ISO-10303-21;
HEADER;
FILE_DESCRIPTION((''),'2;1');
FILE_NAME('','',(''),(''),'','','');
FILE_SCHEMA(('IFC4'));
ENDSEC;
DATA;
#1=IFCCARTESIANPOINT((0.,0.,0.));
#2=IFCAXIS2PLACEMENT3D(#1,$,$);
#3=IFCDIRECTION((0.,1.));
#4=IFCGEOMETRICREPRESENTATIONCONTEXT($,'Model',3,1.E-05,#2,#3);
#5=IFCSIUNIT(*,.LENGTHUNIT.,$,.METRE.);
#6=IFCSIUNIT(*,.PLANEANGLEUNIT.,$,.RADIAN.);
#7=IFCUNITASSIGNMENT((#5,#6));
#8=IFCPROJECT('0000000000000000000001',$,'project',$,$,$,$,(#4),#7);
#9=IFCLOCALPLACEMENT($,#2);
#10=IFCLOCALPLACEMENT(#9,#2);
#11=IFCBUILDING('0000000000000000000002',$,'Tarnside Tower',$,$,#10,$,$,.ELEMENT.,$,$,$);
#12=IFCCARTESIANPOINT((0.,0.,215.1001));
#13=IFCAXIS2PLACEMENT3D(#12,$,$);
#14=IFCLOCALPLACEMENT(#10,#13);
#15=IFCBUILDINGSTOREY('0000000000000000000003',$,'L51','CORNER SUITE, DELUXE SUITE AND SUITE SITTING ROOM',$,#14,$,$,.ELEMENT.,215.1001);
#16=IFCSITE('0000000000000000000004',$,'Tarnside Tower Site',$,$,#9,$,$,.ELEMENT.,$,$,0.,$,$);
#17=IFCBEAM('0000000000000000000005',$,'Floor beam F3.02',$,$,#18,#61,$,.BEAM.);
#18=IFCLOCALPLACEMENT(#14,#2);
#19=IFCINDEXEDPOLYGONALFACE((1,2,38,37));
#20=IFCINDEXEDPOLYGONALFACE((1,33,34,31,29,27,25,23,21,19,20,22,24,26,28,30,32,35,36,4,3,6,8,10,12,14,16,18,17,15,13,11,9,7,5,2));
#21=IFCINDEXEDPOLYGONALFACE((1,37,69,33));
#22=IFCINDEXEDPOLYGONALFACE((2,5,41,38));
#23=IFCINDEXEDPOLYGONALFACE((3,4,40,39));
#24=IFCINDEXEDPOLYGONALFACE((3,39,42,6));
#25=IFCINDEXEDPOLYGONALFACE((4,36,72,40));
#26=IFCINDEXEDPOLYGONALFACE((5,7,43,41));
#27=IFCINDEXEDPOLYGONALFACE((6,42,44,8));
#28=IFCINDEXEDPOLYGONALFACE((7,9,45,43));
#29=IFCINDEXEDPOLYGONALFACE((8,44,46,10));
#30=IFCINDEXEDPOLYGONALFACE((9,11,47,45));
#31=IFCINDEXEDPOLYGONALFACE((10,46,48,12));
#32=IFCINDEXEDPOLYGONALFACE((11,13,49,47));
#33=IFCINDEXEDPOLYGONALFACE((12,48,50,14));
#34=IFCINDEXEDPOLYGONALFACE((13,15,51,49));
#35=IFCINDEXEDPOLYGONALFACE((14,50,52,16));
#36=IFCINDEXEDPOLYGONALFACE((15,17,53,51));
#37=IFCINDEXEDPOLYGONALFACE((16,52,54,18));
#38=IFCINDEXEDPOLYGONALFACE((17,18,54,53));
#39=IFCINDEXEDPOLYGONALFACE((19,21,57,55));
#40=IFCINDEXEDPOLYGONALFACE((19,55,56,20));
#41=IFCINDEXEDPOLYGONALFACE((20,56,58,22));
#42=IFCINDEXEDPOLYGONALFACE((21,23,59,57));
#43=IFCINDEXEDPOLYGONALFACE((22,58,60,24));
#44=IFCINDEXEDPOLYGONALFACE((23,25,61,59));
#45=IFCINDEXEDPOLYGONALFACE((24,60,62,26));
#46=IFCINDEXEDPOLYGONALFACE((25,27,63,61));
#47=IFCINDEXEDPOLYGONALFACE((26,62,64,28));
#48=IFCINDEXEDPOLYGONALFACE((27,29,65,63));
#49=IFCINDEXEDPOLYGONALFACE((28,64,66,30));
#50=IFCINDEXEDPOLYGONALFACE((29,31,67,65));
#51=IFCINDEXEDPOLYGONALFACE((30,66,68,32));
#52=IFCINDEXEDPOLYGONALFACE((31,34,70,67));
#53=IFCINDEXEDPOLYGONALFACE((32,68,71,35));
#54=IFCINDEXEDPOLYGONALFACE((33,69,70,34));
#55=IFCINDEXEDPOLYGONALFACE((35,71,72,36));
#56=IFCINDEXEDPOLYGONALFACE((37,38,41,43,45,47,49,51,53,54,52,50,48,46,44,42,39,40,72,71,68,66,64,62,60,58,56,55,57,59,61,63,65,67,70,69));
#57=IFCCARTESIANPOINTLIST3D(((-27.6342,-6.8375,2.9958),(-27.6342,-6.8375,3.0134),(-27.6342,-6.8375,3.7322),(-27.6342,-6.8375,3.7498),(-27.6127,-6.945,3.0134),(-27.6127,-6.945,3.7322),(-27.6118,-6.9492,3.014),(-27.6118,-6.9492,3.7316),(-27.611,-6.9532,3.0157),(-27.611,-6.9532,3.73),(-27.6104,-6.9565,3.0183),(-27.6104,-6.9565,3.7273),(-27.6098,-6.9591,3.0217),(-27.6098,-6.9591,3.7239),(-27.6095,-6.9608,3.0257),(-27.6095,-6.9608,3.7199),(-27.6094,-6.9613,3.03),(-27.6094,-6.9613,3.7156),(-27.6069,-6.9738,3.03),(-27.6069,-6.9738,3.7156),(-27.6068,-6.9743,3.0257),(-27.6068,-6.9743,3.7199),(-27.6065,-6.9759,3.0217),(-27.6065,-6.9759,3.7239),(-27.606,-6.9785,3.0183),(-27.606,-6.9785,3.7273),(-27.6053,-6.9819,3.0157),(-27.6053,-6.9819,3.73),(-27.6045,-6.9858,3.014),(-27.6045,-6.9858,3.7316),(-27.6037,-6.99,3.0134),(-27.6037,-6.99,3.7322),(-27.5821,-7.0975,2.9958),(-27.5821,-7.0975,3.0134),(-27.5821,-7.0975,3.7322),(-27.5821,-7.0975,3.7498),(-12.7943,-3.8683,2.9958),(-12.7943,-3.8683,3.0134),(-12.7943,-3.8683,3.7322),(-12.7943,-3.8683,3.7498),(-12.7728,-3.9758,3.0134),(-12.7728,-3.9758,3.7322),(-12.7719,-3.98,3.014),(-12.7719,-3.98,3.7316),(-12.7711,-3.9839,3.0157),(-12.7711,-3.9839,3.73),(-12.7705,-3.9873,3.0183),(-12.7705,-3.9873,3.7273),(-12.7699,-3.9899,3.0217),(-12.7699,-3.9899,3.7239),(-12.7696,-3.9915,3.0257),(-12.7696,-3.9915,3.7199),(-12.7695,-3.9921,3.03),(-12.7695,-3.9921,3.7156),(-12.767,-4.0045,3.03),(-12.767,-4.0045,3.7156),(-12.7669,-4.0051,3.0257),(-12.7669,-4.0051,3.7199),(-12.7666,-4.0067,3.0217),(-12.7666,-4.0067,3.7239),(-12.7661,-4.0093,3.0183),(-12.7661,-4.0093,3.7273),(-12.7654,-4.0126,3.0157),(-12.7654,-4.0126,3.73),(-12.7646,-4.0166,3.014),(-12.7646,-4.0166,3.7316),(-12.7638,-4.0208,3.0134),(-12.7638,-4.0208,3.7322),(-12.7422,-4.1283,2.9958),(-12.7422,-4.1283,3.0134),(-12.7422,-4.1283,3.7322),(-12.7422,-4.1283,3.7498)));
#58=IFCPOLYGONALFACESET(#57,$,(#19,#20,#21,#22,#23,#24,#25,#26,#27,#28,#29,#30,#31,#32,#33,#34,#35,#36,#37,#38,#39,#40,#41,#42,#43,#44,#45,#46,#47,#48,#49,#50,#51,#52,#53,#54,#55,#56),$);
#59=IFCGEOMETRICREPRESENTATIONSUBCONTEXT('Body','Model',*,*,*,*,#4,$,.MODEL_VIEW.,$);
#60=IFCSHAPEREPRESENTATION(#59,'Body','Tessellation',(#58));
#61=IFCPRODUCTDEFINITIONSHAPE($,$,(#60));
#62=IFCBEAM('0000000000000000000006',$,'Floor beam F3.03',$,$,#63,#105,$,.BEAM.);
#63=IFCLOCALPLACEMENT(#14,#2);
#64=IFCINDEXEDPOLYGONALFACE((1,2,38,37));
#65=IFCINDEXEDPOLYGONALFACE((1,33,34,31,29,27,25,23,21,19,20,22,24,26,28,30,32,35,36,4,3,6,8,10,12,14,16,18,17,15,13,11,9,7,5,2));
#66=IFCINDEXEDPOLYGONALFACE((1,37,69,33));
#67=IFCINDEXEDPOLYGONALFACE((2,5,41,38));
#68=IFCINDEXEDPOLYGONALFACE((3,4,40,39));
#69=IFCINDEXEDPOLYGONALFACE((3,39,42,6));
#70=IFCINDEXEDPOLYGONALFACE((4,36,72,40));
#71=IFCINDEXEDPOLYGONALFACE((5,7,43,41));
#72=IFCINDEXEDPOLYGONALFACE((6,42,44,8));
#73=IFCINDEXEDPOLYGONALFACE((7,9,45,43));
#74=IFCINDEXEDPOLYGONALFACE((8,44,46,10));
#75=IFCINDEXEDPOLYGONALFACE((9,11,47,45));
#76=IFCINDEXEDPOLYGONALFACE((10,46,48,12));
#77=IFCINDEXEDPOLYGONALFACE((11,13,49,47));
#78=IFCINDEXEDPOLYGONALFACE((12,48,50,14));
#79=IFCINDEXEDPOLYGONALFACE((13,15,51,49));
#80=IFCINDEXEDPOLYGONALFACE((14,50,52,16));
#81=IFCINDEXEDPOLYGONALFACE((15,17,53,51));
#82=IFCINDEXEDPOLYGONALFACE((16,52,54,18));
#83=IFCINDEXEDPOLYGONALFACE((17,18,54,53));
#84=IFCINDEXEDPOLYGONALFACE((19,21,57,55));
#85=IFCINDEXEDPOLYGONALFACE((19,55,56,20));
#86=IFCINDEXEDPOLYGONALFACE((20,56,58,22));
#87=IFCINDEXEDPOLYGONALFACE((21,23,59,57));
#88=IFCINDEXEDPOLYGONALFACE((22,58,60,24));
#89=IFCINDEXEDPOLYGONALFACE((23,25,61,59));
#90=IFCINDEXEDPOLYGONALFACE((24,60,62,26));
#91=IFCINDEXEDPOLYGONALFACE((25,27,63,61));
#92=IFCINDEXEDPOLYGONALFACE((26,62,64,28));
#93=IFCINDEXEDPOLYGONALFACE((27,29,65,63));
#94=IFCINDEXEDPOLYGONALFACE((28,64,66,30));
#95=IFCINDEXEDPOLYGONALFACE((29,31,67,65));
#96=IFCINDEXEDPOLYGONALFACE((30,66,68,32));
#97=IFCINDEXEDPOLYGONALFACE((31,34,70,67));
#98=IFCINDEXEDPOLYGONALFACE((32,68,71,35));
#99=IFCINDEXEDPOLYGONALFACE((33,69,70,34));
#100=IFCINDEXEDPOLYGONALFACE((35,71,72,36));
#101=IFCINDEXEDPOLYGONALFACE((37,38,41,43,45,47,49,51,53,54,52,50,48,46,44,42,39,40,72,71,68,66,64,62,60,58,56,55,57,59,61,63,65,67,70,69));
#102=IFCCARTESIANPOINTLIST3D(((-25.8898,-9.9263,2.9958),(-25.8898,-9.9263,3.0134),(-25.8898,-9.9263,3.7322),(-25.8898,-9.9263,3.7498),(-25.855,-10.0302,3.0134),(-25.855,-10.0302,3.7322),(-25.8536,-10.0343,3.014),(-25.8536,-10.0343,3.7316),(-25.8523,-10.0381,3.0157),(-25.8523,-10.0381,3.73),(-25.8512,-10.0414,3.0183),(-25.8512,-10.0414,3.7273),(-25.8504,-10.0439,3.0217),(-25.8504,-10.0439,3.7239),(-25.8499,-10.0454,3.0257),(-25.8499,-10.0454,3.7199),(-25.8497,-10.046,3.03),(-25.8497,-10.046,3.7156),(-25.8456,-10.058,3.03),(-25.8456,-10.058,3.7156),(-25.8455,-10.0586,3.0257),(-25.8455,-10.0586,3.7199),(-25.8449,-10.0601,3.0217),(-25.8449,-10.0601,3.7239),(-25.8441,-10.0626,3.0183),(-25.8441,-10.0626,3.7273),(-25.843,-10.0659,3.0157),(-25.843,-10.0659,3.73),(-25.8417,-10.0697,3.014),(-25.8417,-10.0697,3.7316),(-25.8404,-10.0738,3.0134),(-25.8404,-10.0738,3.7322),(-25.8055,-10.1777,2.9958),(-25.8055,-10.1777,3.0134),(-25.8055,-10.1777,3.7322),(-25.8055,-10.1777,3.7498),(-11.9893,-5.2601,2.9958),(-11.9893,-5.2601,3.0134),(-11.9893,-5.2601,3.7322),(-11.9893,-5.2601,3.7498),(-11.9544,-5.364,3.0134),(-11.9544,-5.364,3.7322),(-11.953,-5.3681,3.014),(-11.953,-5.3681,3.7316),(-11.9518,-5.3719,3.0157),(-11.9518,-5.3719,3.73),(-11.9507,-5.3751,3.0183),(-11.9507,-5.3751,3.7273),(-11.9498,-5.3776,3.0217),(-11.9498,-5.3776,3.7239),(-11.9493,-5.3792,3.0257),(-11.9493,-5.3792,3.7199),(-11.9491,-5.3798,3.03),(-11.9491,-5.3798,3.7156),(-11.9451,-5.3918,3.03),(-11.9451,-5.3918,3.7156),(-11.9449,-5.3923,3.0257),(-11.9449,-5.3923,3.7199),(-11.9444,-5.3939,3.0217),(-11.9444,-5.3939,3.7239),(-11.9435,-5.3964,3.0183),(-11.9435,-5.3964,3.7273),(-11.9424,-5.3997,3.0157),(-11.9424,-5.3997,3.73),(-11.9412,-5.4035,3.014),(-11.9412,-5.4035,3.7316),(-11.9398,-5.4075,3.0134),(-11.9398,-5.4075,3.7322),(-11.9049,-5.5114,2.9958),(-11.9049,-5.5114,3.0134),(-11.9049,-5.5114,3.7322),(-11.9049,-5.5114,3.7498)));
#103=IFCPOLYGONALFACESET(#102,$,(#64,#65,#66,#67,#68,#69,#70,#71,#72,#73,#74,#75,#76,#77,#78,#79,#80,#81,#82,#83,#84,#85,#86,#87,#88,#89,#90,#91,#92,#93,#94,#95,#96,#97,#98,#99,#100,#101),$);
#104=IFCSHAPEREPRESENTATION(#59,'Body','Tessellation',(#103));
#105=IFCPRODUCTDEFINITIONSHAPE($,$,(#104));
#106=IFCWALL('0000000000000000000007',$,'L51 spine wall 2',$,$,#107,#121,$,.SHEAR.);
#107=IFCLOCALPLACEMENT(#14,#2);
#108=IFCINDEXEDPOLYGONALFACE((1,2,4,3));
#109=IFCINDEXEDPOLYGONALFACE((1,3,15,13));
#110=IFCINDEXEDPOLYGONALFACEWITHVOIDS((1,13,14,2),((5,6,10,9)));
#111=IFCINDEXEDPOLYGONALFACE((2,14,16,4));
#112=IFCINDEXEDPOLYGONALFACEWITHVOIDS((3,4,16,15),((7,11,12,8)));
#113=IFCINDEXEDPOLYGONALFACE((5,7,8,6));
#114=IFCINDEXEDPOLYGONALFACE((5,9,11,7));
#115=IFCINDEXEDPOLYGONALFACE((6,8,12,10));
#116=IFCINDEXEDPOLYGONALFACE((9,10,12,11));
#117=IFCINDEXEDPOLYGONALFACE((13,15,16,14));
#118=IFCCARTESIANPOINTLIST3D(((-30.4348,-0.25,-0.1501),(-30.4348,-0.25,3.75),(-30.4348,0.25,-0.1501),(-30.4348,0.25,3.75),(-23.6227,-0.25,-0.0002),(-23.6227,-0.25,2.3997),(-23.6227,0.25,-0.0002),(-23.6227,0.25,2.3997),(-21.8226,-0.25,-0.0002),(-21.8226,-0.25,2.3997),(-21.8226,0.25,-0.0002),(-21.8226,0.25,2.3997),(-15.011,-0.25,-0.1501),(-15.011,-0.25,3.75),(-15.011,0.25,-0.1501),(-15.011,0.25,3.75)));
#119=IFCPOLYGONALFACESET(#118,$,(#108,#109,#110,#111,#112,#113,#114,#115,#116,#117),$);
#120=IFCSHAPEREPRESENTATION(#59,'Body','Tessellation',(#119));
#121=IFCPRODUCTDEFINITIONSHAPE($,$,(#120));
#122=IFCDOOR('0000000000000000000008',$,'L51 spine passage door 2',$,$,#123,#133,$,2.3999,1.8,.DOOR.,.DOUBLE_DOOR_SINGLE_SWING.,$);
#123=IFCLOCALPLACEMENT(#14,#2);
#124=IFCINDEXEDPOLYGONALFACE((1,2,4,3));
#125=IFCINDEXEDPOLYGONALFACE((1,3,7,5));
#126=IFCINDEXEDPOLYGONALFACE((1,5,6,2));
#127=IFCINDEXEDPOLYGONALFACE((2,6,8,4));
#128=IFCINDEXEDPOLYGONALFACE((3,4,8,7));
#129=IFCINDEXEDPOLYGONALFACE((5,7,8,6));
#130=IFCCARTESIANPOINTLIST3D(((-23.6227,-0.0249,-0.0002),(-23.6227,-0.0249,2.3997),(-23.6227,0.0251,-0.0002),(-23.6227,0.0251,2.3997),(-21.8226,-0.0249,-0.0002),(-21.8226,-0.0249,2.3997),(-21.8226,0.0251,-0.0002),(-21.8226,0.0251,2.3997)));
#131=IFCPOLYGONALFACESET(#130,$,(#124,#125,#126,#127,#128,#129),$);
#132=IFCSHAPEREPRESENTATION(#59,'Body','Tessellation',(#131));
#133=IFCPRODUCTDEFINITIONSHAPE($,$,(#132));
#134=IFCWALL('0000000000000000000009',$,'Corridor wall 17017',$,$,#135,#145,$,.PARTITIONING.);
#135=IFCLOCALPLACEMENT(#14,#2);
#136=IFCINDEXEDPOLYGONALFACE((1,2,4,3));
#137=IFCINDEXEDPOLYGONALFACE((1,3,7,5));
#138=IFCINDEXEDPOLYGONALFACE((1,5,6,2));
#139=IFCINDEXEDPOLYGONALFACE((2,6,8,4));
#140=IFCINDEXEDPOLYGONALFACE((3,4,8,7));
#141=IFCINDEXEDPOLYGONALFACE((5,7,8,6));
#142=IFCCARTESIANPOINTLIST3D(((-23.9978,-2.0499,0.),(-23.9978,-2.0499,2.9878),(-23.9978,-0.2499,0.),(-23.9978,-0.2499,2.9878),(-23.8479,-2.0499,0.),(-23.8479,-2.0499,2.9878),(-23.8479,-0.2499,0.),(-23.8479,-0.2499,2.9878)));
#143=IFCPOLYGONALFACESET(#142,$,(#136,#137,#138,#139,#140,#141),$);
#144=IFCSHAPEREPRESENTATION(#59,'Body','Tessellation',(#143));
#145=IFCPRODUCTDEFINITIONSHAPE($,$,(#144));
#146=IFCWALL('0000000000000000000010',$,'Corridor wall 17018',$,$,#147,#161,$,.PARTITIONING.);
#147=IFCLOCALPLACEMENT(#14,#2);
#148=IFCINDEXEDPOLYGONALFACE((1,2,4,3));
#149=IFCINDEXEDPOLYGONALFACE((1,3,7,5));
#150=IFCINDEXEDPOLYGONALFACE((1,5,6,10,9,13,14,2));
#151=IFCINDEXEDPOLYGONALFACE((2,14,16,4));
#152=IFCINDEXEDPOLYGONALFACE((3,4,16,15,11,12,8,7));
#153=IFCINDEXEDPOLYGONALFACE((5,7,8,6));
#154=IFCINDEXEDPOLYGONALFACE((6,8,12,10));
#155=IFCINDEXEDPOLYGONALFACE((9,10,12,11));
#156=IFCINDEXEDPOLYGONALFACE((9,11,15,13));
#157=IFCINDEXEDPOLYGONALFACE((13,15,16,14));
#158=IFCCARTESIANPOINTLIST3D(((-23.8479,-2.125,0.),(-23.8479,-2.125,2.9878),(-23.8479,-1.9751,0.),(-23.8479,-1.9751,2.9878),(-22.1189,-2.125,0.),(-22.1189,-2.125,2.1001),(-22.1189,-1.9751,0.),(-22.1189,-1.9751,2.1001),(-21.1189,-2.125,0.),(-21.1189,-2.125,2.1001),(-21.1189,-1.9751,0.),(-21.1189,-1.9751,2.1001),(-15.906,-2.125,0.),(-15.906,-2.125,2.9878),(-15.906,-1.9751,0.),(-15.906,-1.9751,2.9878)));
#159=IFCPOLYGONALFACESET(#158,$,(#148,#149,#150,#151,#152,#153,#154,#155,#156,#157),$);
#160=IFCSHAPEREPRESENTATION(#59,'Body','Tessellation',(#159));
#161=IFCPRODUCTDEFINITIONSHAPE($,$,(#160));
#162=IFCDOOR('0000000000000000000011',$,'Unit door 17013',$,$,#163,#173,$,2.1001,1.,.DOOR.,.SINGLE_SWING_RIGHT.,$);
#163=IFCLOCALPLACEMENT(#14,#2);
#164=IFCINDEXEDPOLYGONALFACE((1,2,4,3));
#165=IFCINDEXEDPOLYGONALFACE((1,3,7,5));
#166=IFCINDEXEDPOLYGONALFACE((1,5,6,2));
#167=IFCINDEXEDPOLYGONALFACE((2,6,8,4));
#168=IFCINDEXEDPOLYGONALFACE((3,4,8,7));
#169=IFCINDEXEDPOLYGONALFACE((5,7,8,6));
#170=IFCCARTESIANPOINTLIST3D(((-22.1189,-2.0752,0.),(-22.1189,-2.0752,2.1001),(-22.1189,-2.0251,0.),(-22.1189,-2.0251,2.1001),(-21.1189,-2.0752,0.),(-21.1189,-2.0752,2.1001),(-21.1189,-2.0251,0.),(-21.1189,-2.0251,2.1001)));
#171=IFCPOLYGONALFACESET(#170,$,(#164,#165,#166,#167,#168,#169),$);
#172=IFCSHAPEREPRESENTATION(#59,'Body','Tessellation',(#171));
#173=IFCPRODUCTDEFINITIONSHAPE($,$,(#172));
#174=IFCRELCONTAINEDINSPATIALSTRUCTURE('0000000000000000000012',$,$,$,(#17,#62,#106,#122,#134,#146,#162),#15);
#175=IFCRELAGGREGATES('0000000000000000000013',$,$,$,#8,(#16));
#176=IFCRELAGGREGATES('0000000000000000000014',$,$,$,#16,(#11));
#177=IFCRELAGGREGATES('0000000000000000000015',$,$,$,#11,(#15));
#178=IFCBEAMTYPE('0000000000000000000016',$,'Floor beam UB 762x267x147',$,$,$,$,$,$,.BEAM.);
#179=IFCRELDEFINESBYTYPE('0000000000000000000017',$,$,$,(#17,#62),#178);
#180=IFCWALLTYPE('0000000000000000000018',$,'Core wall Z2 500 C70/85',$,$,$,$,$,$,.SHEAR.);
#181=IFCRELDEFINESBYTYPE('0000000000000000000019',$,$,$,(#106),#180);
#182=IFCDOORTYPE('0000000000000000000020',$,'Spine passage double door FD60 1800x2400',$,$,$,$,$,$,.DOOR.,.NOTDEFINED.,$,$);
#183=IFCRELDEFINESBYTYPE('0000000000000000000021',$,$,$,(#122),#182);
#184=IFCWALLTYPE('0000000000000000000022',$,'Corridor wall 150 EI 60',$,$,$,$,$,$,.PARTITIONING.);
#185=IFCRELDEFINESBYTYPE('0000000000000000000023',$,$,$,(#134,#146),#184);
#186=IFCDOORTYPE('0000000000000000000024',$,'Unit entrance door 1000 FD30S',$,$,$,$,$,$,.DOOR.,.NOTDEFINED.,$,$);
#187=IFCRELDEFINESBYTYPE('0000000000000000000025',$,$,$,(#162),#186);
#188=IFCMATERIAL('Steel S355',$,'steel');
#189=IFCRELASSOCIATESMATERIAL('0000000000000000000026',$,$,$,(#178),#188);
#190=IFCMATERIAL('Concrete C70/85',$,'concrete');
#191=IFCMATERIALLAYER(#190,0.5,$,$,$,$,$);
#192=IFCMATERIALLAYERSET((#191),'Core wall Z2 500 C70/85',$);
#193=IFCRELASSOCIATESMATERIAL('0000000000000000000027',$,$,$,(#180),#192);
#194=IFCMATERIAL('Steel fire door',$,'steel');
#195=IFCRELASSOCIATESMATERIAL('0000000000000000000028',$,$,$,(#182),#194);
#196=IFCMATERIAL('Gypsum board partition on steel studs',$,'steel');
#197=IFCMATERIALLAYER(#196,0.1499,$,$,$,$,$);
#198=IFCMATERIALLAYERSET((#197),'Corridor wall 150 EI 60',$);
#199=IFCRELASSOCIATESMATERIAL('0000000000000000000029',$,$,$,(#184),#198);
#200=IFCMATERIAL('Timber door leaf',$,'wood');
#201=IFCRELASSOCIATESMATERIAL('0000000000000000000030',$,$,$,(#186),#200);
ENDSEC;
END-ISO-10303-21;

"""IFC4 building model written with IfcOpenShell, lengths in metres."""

from ifc_helpers import new_model, si_unit, direction, frame, frame_2d, origin, origin_2d, place, context, subcontext, project, spatial, rectangle, i_section, extrude, material, layer, layer_set, material_profile, profile_set, type_object, element, fill, save


model = new_model("IFC4")

# Units and contexts
model_context = context("Model", 3, precision=1e-05, world=origin(), true_north=direction((0.0, 1.0)))
body_context = subcontext(model_context, "Body", "Model", "MODEL_VIEW")
ifc_project = project(units=[si_unit("LENGTHUNIT", "METRE"), si_unit("PLANEANGLEUNIT", "RADIAN")], contexts=[model_context])

# Site, building, storey
site_placement = place(None, origin())
site = spatial("IfcSite", under=ifc_project, at=site_placement, Name="Tarnside Tower Site", CompositionType="ELEMENT", RefElevation=0.0)
building_placement = place(site_placement, origin())
building = spatial("IfcBuilding", under=site, at=building_placement, Name="Tarnside Tower", CompositionType="ELEMENT")
storey_placement = place(building_placement, frame((0.0, 0.0, 215.1001)))
storey = spatial("IfcBuildingStorey", under=building, at=storey_placement, Name="L51", Description="CORNER SUITE, DELUXE SUITE AND SUITE SITTING ROOM", CompositionType="ELEMENT", Elevation=215.1001)

# Beams
ifc_material_1 = material(Name="Steel S355", Category="steel")
ifc_material_profile = material_profile(ifc_material_1, i_section(OverallWidth=0.2651, OverallDepth=0.7539, WebThickness=0.0127, FlangeThickness=0.0176, FilletRadius=0.0166, at=origin_2d()), Name="UB 762x267x147")
ifc_profile_set = profile_set([ifc_material_profile], Name="Steel S355")
beam_type = type_object("IfcBeamType", Name="Floor beam UB 762x267x147", PredefinedType="BEAM", material=ifc_profile_set)
beam_1_placement = place(storey_placement, frame((-27.6082, -6.9675, 3.3728), z_axis=(0.980565, 0.196197, 0.0), x_axis=(-0.196197, 0.980565, 0.0)))
element("IfcBeam", 1, at=beam_1_placement, inside=storey, type_object=beam_type, Name="Floor beam F3.02", PredefinedType="BEAM", context=body_context, shape_type="SweptSolid", body=[
    extrude(i_section(OverallWidth=0.2651, OverallDepth=0.7539, WebThickness=0.0127, FlangeThickness=0.0176, FilletRadius=0.0166, at=origin_2d()), origin(), (0.0, 0.0, 1.0), 15.134),
])
beam_2_placement = place(storey_placement, frame((-25.8477, -10.052, 3.3728), z_axis=(0.948012, 0.318235, 0.0), x_axis=(-0.318235, 0.948012, 0.0)))
element("IfcBeam", 2, at=beam_2_placement, inside=storey, type_object=beam_type, Name="Floor beam F3.03", PredefinedType="BEAM", context=body_context, shape_type="SweptSolid", body=[
    extrude(i_section(OverallWidth=0.2651, OverallDepth=0.7539, WebThickness=0.0127, FlangeThickness=0.0176, FilletRadius=0.0166, at=origin_2d()), origin(), (0.0, 0.0, 1.0), 14.6628),
])

# Wall, opening, door
ifc_material_2 = material(Name="Concrete C70/85", Category="concrete")
ifc_layer_1 = layer(ifc_material_2, 0.5)
ifc_layer_set_1 = layer_set([ifc_layer_1], Name="Core wall Z2 500 C70/85")
wall_type_1 = type_object("IfcWallType", Name="Core wall Z2 500 C70/85", PredefinedType="SHEAR", material=ifc_layer_set_1)
wall_1_placement = place(storey_placement, frame((-15.011, 0.0, -0.1501), z_axis=(0.0, 0.0, 1.0), x_axis=(-1.0, 0.0, 0.0)))
wall_1 = element("IfcWall", 3, at=wall_1_placement, inside=storey, type_object=wall_type_1, Name="L51 spine wall 2", PredefinedType="SHEAR", context=body_context, shape_type="SweptSolid", body=[
    extrude(rectangle(XDim=15.4238, YDim=0.5, at=frame_2d((7.7119, 0.0))), origin(), (0.0, 0.0, 1.0), 3.9001),
])
opening_1_placement = place(wall_1_placement, frame((6.8118, 0.0, 0.1499)))
opening_1 = element("IfcOpeningElement", 4, at=opening_1_placement, cuts=wall_1, PredefinedType="OPENING", context=body_context, shape_type="SweptSolid", body=[
    extrude(rectangle(XDim=1.8, YDim=2.3999, at=frame_2d((0.8999, 1.2))), frame((0.0, 0.26, 0.0), z_axis=(0.0, -1.0, 0.0), x_axis=(1.0, 0.0, 0.0)), (0.0, 0.0, 1.0), 0.52),
])
ifc_material_3 = material(Name="Steel fire door", Category="steel")
door_type_1 = type_object("IfcDoorType", Name="Spine passage double door FD60 1800x2400", OperationType="NOTDEFINED", PredefinedType="DOOR", material=ifc_material_3)
door_1_placement = place(opening_1_placement, origin())
door_1 = element("IfcDoor", 5, at=door_1_placement, inside=storey, type_object=door_type_1, Name="L51 spine passage door 2", OperationType="DOUBLE_DOOR_SINGLE_SWING", OverallHeight=2.3999, OverallWidth=1.8, PredefinedType="DOOR", context=body_context, shape_type="SweptSolid", body=[
    extrude(rectangle(XDim=1.8, YDim=2.3999, at=frame_2d((0.8999, 1.2))), frame((0.0, 0.0249, 0.0), z_axis=(0.0, -1.0, 0.0), x_axis=(1.0, 0.0, 0.0)), (0.0, 0.0, 1.0), 0.05),
])
fill(opening_1, door_1)

# Wall
ifc_material_4 = material(Name="Gypsum board partition on steel studs", Category="steel")
ifc_layer_2 = layer(ifc_material_4, 0.1499)
ifc_layer_set_2 = layer_set([ifc_layer_2], Name="Corridor wall 150 EI 60")
wall_type_2 = type_object("IfcWallType", Name="Corridor wall 150 EI 60", PredefinedType="PARTITIONING", material=ifc_layer_set_2)
wall_2_placement = place(storey_placement, frame((-23.9229, -0.25, 0.0), z_axis=(0.0, 0.0, 1.0), x_axis=(0.0, -1.0, 0.0)))
element("IfcWall", 6, at=wall_2_placement, inside=storey, type_object=wall_type_2, Name="Corridor wall 17017", PredefinedType="PARTITIONING", context=body_context, shape_type="SweptSolid", body=[
    extrude(rectangle(XDim=1.8, YDim=0.1499, at=frame_2d((0.8999, 0.0))), origin(), (0.0, 0.0, 1.0), 2.9878),
])

# Wall, opening, door
wall_3_placement = place(storey_placement, frame((-23.8479, -2.05, 0.0), z_axis=(0.0, 0.0, 1.0), x_axis=(1.0, 0.0, 0.0)))
wall_3 = element("IfcWall", 7, at=wall_3_placement, inside=storey, type_object=wall_type_2, Name="Corridor wall 17018", PredefinedType="PARTITIONING", context=body_context, shape_type="SweptSolid", body=[
    extrude(rectangle(XDim=7.9419, YDim=0.1499, at=frame_2d((3.9709, 0.0))), origin(), (0.0, 0.0, 1.0), 2.9878),
])
opening_2_placement = place(wall_3_placement, frame((1.729, 0.0, 0.0)))
opening_2 = element("IfcOpeningElement", 8, at=opening_2_placement, cuts=wall_3, PredefinedType="OPENING", context=body_context, shape_type="SweptSolid", body=[
    extrude(rectangle(XDim=1.0, YDim=2.1001, at=frame_2d((0.5, 1.05))), frame((0.0, 0.085, 0.0), z_axis=(0.0, -1.0, 0.0), x_axis=(1.0, 0.0, 0.0)), (0.0, 0.0, 1.0), 0.1699),
])
ifc_material_5 = material(Name="Timber door leaf", Category="wood")
door_type_2 = type_object("IfcDoorType", Name="Unit entrance door 1000 FD30S", OperationType="NOTDEFINED", PredefinedType="DOOR", material=ifc_material_5)
door_2_placement = place(opening_2_placement, origin())
door_2 = element("IfcDoor", 9, at=door_2_placement, inside=storey, type_object=door_type_2, Name="Unit door 17013", OperationType="SINGLE_SWING_RIGHT", OverallHeight=2.1001, OverallWidth=1.0, PredefinedType="DOOR", context=body_context, shape_type="SweptSolid", body=[
    extrude(rectangle(XDim=1.0, YDim=2.1001, at=frame_2d((0.5, 1.05))), frame((0.0, 0.0249, 0.0), z_axis=(0.0, -1.0, 0.0), x_axis=(1.0, 0.0, 0.0)), (0.0, 0.0, 1.0), 0.05),
])
fill(opening_2, door_2)

save(model, "model.ifc")
